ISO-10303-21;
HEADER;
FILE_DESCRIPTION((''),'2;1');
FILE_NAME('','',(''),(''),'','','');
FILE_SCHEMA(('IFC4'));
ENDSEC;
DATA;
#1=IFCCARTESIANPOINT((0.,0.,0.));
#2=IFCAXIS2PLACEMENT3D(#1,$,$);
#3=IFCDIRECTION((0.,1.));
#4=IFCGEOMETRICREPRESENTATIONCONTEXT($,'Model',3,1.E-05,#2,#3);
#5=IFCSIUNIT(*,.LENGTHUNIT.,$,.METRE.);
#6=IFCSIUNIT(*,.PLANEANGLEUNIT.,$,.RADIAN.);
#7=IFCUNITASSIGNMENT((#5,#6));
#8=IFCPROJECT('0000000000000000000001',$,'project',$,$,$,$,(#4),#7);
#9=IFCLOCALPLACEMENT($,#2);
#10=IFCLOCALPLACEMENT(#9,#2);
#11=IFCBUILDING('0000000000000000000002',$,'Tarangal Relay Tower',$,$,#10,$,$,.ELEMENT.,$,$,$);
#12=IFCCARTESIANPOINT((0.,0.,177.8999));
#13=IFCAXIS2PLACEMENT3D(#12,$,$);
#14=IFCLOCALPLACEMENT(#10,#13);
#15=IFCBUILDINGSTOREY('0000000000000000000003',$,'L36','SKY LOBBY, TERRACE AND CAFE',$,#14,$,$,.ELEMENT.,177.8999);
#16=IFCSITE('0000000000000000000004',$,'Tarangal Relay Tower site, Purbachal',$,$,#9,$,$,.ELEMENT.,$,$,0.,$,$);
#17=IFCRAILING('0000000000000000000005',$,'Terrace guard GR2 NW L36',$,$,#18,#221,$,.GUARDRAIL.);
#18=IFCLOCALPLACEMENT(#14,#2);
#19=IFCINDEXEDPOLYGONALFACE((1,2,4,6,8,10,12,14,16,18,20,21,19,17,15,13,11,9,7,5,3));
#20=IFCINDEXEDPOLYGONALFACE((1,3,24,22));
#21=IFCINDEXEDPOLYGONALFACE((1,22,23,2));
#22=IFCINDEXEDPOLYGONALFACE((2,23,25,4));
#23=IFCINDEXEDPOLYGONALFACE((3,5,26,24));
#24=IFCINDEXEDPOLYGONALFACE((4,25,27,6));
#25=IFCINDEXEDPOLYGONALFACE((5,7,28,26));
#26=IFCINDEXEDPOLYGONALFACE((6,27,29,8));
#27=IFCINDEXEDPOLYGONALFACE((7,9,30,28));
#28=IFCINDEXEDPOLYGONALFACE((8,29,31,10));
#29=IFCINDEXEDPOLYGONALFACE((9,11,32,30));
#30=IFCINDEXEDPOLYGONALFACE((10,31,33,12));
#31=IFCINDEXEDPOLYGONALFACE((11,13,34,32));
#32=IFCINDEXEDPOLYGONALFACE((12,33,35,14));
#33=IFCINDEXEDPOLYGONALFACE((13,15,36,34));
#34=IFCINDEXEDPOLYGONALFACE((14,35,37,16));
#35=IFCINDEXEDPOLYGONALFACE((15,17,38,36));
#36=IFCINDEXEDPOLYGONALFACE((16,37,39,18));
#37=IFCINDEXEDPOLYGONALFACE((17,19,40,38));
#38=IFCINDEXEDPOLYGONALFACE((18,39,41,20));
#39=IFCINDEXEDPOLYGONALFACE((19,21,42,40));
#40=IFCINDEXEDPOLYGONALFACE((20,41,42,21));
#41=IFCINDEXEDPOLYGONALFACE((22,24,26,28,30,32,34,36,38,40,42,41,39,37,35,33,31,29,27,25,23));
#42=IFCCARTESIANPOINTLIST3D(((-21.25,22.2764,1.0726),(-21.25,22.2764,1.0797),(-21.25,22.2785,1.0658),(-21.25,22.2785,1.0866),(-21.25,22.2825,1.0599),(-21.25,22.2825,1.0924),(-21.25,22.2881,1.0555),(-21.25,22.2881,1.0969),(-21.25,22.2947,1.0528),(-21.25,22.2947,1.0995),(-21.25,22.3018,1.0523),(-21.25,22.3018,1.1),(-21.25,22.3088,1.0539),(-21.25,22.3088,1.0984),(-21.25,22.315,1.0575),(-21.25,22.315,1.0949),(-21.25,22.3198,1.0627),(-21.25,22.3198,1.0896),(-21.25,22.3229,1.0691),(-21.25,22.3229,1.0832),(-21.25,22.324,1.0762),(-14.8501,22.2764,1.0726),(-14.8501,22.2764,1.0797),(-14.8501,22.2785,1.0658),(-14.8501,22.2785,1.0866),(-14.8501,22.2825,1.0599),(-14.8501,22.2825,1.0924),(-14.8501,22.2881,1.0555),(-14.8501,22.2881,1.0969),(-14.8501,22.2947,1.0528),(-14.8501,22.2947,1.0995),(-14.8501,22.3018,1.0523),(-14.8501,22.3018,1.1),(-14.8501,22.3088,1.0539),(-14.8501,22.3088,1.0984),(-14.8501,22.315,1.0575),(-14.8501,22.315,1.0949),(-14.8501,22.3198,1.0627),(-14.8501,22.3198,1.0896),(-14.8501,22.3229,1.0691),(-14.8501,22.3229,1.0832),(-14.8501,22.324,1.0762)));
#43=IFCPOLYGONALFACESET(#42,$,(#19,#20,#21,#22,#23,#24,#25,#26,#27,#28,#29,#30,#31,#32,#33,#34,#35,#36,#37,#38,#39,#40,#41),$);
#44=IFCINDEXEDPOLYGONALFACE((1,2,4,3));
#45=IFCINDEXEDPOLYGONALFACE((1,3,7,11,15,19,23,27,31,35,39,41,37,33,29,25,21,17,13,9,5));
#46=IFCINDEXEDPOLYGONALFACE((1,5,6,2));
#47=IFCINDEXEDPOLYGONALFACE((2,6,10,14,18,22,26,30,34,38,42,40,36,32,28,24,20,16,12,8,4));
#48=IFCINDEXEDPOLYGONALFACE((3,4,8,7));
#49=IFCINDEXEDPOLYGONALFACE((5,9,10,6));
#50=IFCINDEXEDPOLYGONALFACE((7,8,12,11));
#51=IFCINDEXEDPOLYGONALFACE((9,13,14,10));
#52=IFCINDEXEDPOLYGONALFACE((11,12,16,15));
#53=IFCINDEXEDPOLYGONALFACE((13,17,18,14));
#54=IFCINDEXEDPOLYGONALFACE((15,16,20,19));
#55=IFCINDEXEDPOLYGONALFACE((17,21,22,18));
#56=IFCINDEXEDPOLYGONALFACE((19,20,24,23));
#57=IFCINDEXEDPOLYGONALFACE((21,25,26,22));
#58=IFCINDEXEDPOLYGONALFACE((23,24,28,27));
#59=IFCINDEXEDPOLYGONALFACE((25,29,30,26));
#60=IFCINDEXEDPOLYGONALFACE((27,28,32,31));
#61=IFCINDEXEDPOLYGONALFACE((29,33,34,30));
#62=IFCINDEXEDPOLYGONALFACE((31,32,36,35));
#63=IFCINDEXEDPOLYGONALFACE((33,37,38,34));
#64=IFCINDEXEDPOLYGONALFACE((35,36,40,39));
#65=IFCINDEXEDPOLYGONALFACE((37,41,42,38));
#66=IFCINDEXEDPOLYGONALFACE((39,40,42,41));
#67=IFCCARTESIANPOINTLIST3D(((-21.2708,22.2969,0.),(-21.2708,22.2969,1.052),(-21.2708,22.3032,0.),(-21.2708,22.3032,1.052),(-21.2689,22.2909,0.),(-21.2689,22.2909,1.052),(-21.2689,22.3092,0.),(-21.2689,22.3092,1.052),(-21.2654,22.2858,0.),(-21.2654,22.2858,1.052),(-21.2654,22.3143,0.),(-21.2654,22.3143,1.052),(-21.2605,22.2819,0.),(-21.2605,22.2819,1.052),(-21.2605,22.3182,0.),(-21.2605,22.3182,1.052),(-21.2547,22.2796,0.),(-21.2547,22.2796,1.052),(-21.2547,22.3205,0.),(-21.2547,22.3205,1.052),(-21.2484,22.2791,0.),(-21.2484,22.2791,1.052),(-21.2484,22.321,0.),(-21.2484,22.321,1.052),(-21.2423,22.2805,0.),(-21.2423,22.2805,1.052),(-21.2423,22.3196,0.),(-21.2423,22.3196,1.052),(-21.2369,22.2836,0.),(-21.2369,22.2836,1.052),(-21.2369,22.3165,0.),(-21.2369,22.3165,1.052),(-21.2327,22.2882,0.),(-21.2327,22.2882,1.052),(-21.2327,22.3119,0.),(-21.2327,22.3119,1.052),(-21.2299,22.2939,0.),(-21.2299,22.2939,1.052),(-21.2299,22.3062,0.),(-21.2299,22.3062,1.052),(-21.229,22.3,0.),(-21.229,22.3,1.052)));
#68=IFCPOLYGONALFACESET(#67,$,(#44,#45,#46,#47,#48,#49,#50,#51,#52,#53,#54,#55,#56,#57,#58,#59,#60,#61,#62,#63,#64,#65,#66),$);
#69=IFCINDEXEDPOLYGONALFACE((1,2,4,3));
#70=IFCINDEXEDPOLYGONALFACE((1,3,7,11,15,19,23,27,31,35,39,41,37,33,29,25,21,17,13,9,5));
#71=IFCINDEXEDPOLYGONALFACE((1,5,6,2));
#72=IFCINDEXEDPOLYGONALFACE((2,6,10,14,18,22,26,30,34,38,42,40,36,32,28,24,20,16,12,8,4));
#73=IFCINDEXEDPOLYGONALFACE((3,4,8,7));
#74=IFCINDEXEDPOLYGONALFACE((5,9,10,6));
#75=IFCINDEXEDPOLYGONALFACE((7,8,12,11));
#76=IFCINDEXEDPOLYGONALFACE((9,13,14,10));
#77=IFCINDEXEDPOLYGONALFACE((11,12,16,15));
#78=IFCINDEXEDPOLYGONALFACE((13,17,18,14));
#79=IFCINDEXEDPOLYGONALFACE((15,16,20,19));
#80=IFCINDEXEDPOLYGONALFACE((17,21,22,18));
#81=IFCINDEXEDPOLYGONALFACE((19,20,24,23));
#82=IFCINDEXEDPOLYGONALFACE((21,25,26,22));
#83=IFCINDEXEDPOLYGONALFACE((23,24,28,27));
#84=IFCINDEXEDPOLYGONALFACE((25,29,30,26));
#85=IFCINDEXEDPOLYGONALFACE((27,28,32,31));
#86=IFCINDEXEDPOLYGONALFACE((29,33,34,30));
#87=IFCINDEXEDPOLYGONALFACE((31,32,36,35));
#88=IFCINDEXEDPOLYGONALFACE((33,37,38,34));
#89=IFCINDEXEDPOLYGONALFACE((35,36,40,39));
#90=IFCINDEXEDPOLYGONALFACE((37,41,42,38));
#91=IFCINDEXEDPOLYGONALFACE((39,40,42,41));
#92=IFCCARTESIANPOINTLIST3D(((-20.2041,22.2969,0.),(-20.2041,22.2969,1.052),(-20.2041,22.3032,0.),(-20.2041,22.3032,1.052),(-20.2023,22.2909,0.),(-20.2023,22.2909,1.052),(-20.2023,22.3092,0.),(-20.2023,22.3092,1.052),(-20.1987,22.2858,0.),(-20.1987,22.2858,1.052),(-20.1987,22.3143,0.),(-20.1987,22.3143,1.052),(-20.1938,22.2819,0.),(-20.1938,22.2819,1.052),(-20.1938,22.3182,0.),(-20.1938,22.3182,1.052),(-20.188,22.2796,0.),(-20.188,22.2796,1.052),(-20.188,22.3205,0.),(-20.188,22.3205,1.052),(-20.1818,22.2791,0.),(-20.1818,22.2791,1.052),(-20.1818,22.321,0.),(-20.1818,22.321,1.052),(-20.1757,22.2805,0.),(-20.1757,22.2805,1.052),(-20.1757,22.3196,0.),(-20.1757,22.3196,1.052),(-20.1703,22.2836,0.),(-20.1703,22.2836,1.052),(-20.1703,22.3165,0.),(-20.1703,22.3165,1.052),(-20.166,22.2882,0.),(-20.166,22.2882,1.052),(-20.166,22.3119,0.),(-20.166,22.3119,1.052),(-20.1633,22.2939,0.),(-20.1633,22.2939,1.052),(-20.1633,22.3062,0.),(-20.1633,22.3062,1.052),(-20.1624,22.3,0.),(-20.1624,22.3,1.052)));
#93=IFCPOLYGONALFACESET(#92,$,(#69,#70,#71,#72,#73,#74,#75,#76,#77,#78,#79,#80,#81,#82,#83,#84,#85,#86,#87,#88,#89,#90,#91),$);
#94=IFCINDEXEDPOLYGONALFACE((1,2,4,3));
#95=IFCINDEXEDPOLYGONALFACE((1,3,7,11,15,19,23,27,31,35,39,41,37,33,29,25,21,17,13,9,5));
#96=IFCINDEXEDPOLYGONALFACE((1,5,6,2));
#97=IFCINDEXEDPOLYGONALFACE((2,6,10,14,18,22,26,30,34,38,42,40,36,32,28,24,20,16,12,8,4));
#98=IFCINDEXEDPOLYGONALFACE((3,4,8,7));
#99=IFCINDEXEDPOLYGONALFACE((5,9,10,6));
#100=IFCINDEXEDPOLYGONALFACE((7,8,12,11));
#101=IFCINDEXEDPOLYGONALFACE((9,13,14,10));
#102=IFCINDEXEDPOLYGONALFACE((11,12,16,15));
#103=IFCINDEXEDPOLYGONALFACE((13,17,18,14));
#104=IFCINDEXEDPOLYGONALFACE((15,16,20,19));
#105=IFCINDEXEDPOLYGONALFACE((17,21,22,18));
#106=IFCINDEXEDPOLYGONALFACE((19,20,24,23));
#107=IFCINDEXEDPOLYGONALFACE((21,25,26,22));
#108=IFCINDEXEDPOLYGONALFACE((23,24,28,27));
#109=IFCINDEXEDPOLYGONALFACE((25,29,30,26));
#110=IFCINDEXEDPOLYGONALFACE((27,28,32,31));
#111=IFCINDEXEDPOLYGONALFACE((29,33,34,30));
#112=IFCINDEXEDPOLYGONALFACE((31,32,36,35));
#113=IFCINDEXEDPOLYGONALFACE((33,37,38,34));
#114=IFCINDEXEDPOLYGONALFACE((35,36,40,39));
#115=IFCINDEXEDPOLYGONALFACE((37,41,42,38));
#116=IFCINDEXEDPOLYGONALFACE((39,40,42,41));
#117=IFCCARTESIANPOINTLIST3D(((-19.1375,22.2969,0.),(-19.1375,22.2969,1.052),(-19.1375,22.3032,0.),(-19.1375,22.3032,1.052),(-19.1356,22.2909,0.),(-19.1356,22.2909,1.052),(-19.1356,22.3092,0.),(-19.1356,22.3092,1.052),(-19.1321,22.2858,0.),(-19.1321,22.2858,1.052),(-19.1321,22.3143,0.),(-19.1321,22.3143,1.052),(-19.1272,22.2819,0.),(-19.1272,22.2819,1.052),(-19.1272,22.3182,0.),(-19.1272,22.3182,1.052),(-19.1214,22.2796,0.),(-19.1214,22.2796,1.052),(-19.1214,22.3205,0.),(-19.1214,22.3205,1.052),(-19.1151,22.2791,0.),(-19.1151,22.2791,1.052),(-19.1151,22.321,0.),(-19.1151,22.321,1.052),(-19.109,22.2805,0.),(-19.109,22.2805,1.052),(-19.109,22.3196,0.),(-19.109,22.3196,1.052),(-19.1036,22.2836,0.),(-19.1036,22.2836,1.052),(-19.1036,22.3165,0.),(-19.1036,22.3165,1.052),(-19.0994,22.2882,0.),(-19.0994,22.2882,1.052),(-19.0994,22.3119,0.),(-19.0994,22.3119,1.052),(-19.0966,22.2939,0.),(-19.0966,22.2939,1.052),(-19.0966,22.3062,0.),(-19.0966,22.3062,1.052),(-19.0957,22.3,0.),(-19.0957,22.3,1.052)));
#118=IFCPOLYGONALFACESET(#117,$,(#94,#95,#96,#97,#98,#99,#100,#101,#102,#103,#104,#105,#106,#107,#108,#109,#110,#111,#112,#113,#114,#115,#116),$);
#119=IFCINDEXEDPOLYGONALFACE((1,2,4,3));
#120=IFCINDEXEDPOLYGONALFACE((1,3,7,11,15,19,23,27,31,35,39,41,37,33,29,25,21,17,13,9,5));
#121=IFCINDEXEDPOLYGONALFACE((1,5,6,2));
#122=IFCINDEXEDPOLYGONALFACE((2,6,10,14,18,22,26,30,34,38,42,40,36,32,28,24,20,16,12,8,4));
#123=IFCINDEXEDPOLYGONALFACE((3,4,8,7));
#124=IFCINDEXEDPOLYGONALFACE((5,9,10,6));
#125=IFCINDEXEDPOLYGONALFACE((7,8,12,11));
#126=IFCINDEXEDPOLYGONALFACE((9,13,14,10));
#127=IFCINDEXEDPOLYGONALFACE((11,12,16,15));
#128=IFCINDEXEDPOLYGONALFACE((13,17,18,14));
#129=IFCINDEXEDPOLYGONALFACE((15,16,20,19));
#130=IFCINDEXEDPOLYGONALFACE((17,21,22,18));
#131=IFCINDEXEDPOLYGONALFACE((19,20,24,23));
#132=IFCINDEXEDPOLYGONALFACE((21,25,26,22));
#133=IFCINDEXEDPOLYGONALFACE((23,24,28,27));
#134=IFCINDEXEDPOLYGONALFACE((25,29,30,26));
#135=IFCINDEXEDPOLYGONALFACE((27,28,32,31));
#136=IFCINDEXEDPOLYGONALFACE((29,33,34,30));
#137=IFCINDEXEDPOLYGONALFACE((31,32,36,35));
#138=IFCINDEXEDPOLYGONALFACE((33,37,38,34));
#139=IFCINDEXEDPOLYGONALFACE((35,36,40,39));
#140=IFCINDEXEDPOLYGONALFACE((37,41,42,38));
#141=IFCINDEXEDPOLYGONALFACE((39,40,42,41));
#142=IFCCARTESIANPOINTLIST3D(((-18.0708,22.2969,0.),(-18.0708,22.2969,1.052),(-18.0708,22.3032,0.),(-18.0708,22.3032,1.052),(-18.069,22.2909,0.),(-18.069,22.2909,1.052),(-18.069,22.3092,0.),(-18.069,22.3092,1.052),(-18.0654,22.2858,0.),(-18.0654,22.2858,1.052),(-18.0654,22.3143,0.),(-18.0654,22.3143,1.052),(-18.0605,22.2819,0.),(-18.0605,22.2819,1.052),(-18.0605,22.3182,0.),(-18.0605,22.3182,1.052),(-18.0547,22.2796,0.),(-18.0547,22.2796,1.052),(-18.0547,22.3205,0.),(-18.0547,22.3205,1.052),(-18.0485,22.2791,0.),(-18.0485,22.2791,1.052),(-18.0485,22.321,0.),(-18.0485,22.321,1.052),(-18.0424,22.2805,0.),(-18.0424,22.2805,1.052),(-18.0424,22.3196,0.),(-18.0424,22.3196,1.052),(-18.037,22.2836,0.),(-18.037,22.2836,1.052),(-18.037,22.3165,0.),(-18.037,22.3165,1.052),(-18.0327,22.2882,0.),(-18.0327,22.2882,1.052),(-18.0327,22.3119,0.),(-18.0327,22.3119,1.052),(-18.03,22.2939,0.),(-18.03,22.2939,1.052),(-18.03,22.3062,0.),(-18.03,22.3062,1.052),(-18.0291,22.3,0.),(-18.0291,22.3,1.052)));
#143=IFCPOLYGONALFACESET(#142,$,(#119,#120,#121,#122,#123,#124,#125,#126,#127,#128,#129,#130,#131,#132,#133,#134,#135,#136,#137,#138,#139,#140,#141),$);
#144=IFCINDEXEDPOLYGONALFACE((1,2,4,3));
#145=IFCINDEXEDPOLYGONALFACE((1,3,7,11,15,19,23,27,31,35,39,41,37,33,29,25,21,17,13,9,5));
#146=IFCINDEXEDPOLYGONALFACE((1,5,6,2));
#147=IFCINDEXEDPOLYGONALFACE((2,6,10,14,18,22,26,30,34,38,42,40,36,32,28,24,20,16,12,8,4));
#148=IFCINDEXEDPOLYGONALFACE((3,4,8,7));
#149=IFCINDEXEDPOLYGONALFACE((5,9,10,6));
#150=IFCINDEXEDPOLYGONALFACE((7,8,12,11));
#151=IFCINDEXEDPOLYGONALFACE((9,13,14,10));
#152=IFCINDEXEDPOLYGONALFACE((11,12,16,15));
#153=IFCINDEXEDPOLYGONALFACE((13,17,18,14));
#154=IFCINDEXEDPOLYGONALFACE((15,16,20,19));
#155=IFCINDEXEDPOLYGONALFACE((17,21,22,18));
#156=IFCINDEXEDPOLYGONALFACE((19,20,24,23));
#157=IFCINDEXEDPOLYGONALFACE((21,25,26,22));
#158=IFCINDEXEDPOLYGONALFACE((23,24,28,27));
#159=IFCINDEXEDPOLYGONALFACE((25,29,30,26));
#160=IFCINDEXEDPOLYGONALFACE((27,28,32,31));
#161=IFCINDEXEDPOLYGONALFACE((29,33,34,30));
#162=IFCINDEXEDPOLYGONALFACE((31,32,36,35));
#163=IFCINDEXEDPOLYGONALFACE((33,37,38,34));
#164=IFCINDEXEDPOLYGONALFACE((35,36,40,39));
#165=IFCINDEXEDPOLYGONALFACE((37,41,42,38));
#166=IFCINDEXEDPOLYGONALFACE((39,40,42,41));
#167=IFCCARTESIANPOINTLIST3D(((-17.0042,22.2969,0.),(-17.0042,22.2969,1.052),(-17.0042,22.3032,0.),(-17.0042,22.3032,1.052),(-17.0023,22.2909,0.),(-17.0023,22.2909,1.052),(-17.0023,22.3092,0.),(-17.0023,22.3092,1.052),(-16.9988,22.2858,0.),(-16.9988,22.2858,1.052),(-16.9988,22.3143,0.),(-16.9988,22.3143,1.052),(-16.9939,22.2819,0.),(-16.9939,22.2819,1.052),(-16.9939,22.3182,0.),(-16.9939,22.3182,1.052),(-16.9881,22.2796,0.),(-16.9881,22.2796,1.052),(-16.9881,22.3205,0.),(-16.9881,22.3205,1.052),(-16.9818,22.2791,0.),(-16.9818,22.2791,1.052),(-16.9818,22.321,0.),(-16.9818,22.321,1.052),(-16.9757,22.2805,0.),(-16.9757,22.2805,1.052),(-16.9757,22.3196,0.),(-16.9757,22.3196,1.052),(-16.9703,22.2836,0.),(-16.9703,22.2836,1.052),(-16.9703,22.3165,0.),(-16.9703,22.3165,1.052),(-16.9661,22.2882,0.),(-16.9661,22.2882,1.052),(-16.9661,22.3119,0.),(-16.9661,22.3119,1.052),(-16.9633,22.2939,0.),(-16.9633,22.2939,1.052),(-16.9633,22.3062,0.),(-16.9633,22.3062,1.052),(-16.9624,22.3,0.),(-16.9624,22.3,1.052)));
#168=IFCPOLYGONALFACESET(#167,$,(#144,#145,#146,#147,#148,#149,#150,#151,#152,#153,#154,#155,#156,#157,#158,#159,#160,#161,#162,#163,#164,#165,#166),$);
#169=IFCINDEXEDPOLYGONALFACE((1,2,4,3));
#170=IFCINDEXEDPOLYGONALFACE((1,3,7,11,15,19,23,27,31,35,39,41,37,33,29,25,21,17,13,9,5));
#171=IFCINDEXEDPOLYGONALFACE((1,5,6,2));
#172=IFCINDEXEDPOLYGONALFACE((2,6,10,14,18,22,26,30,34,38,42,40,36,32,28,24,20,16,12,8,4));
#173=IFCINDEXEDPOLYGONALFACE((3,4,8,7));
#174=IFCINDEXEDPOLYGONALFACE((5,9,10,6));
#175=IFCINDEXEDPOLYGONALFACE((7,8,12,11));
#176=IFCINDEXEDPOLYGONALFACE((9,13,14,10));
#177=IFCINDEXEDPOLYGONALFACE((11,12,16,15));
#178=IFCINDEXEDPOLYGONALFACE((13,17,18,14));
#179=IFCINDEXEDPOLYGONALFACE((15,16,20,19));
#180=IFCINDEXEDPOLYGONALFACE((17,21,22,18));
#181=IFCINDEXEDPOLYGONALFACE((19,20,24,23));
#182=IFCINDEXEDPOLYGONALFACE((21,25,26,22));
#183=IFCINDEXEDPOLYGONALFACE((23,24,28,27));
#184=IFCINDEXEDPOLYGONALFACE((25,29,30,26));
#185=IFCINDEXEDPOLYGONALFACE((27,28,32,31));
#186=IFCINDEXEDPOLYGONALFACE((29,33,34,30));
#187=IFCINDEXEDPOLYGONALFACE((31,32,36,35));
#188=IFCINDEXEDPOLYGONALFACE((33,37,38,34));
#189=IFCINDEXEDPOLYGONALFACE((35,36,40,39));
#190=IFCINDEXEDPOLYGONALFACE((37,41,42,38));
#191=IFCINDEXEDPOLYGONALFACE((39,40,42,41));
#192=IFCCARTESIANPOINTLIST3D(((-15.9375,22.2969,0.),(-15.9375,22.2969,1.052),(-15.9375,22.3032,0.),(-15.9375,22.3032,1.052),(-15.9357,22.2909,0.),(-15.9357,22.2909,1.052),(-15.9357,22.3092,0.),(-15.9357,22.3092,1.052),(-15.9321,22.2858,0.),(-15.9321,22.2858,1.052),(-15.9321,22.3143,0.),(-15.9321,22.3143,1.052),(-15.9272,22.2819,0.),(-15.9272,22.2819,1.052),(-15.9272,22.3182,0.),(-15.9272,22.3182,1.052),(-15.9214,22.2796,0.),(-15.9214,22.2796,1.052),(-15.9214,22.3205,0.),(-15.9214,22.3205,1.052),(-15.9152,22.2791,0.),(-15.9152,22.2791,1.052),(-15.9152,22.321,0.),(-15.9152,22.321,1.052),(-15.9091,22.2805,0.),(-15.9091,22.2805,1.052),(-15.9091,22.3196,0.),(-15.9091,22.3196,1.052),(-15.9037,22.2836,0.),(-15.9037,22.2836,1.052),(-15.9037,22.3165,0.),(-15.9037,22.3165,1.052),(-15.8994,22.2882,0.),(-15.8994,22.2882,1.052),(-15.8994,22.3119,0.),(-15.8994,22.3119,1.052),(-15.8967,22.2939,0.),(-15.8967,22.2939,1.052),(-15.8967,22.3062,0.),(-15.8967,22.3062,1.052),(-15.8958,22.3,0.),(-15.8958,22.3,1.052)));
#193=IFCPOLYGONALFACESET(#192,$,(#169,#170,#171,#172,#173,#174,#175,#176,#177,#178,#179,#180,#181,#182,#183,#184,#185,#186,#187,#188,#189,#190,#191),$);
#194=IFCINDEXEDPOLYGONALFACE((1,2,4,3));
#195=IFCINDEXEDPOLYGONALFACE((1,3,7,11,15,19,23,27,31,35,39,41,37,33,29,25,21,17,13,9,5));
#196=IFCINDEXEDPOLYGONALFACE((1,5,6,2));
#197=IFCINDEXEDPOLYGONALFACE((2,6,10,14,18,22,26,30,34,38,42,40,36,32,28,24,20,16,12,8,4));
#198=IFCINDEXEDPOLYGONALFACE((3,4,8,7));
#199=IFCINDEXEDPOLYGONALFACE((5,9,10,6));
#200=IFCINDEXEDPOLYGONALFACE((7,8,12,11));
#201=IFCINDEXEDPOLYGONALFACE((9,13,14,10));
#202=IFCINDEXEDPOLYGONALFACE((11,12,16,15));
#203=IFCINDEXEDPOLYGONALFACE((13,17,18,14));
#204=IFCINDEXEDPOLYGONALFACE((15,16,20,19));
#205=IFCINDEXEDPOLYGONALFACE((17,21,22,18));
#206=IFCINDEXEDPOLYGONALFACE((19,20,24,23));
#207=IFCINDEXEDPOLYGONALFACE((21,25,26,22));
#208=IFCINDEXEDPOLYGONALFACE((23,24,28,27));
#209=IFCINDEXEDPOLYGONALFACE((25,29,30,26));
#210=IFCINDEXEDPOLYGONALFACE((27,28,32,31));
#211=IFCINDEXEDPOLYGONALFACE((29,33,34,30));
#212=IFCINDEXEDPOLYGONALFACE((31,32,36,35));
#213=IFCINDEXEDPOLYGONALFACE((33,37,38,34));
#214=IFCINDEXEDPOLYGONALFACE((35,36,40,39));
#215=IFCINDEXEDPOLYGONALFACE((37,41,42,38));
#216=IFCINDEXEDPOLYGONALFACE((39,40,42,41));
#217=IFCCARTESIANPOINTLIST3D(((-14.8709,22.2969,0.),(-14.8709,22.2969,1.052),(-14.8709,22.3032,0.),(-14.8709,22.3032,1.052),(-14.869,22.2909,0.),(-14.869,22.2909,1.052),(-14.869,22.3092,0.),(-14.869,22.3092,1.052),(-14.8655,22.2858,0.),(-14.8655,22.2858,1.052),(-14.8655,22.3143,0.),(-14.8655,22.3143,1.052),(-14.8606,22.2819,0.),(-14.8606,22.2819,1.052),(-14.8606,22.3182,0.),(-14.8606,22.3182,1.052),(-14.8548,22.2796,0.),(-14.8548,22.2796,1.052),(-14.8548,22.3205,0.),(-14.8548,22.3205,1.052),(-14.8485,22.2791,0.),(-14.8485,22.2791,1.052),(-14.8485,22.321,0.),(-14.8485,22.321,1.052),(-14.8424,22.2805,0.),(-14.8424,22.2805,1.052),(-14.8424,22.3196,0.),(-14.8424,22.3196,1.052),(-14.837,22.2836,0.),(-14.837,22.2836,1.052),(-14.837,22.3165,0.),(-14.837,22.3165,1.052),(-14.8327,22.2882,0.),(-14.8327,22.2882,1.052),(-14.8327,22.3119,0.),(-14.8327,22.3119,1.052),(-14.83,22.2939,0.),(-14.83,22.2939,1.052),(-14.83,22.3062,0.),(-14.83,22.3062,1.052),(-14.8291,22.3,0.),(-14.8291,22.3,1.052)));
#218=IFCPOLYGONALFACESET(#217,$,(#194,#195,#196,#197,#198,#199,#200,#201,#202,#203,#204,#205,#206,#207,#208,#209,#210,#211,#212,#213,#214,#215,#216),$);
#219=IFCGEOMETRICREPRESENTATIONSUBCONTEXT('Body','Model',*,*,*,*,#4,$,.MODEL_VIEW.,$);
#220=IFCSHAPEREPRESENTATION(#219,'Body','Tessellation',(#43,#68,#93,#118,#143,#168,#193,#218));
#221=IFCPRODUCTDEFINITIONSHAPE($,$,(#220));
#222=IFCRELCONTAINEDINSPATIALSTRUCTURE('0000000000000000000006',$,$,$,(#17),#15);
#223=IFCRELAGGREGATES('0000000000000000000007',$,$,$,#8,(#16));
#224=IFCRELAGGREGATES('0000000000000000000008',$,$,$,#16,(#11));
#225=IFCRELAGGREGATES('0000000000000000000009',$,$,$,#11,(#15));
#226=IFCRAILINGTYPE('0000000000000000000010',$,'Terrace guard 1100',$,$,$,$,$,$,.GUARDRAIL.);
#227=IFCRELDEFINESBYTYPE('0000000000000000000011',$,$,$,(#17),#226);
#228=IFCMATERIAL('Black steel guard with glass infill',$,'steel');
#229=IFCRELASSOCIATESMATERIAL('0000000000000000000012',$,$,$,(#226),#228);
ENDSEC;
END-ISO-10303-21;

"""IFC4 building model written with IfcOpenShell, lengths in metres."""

from ifc_helpers import new_model, si_unit, direction, frame, origin, origin_2d, place, context, subcontext, project, spatial, circle, extrude, material, type_object, element, save


model = new_model("IFC4")

# Units and contexts
model_context = context("Model", 3, precision=1e-05, world=origin(), true_north=direction((0.0, 1.0)))
body_context = subcontext(model_context, "Body", "Model", "MODEL_VIEW")
ifc_project = project(units=[si_unit("LENGTHUNIT", "METRE"), si_unit("PLANEANGLEUNIT", "RADIAN")], contexts=[model_context])

# Site, building, storey
site_placement = place(None, origin())
site = spatial("IfcSite", under=ifc_project, at=site_placement, Name="Tarangal Relay Tower site, Purbachal", CompositionType="ELEMENT", RefElevation=0.0)
building_placement = place(site_placement, origin())
building = spatial("IfcBuilding", under=site, at=building_placement, Name="Tarangal Relay Tower", CompositionType="ELEMENT")
storey_placement = place(building_placement, frame((0.0, 0.0, 177.8999)))
storey = spatial("IfcBuildingStorey", under=building, at=storey_placement, Name="L36", Description="SKY LOBBY, TERRACE AND CAFE", CompositionType="ELEMENT", Elevation=177.8999)

# Railing
ifc_material_1 = material(Name="Black steel guard with glass infill", Category="steel")
railing_type = type_object("IfcRailingType", Name="Terrace guard 1100", PredefinedType="GUARDRAIL", material=ifc_material_1)
railing_1_placement = place(storey_placement, frame((-21.25, 22.3, 0.0)))
element("IfcRailing", 1, at=railing_1_placement, inside=storey, type_object=railing_type, Name="Terrace guard GR2 NW L36", PredefinedType="GUARDRAIL", context=body_context, shape_type="SweptSolid", body=[
    extrude(circle(Radius=0.0239, at=origin_2d()), frame((0.0, 0.0, 1.0762), z_axis=(1.0, 0.0, 0.0), x_axis=(0.0, 1.0, 0.0)), (0.0, 0.0, 1.0), 6.3999),
    extrude(circle(Radius=0.021, at=origin_2d()), origin(), (0.0, 0.0, 1.0), 1.052),
    extrude(circle(Radius=0.021, at=origin_2d()), frame((1.0667, 0.0, 0.0)), (0.0, 0.0, 1.0), 1.052),
    extrude(circle(Radius=0.021, at=origin_2d()), frame((2.1333, 0.0, 0.0)), (0.0, 0.0, 1.0), 1.052),
    extrude(circle(Radius=0.021, at=origin_2d()), frame((3.2, 0.0, 0.0)), (0.0, 0.0, 1.0), 1.052),
    extrude(circle(Radius=0.021, at=origin_2d()), frame((4.2666, 0.0, 0.0)), (0.0, 0.0, 1.0), 1.052),
    extrude(circle(Radius=0.021, at=origin_2d()), frame((5.3333, 0.0, 0.0)), (0.0, 0.0, 1.0), 1.052),
    extrude(circle(Radius=0.021, at=origin_2d()), frame((6.3999, 0.0, 0.0)), (0.0, 0.0, 1.0), 1.052),
])

save(model, "model.ifc")
